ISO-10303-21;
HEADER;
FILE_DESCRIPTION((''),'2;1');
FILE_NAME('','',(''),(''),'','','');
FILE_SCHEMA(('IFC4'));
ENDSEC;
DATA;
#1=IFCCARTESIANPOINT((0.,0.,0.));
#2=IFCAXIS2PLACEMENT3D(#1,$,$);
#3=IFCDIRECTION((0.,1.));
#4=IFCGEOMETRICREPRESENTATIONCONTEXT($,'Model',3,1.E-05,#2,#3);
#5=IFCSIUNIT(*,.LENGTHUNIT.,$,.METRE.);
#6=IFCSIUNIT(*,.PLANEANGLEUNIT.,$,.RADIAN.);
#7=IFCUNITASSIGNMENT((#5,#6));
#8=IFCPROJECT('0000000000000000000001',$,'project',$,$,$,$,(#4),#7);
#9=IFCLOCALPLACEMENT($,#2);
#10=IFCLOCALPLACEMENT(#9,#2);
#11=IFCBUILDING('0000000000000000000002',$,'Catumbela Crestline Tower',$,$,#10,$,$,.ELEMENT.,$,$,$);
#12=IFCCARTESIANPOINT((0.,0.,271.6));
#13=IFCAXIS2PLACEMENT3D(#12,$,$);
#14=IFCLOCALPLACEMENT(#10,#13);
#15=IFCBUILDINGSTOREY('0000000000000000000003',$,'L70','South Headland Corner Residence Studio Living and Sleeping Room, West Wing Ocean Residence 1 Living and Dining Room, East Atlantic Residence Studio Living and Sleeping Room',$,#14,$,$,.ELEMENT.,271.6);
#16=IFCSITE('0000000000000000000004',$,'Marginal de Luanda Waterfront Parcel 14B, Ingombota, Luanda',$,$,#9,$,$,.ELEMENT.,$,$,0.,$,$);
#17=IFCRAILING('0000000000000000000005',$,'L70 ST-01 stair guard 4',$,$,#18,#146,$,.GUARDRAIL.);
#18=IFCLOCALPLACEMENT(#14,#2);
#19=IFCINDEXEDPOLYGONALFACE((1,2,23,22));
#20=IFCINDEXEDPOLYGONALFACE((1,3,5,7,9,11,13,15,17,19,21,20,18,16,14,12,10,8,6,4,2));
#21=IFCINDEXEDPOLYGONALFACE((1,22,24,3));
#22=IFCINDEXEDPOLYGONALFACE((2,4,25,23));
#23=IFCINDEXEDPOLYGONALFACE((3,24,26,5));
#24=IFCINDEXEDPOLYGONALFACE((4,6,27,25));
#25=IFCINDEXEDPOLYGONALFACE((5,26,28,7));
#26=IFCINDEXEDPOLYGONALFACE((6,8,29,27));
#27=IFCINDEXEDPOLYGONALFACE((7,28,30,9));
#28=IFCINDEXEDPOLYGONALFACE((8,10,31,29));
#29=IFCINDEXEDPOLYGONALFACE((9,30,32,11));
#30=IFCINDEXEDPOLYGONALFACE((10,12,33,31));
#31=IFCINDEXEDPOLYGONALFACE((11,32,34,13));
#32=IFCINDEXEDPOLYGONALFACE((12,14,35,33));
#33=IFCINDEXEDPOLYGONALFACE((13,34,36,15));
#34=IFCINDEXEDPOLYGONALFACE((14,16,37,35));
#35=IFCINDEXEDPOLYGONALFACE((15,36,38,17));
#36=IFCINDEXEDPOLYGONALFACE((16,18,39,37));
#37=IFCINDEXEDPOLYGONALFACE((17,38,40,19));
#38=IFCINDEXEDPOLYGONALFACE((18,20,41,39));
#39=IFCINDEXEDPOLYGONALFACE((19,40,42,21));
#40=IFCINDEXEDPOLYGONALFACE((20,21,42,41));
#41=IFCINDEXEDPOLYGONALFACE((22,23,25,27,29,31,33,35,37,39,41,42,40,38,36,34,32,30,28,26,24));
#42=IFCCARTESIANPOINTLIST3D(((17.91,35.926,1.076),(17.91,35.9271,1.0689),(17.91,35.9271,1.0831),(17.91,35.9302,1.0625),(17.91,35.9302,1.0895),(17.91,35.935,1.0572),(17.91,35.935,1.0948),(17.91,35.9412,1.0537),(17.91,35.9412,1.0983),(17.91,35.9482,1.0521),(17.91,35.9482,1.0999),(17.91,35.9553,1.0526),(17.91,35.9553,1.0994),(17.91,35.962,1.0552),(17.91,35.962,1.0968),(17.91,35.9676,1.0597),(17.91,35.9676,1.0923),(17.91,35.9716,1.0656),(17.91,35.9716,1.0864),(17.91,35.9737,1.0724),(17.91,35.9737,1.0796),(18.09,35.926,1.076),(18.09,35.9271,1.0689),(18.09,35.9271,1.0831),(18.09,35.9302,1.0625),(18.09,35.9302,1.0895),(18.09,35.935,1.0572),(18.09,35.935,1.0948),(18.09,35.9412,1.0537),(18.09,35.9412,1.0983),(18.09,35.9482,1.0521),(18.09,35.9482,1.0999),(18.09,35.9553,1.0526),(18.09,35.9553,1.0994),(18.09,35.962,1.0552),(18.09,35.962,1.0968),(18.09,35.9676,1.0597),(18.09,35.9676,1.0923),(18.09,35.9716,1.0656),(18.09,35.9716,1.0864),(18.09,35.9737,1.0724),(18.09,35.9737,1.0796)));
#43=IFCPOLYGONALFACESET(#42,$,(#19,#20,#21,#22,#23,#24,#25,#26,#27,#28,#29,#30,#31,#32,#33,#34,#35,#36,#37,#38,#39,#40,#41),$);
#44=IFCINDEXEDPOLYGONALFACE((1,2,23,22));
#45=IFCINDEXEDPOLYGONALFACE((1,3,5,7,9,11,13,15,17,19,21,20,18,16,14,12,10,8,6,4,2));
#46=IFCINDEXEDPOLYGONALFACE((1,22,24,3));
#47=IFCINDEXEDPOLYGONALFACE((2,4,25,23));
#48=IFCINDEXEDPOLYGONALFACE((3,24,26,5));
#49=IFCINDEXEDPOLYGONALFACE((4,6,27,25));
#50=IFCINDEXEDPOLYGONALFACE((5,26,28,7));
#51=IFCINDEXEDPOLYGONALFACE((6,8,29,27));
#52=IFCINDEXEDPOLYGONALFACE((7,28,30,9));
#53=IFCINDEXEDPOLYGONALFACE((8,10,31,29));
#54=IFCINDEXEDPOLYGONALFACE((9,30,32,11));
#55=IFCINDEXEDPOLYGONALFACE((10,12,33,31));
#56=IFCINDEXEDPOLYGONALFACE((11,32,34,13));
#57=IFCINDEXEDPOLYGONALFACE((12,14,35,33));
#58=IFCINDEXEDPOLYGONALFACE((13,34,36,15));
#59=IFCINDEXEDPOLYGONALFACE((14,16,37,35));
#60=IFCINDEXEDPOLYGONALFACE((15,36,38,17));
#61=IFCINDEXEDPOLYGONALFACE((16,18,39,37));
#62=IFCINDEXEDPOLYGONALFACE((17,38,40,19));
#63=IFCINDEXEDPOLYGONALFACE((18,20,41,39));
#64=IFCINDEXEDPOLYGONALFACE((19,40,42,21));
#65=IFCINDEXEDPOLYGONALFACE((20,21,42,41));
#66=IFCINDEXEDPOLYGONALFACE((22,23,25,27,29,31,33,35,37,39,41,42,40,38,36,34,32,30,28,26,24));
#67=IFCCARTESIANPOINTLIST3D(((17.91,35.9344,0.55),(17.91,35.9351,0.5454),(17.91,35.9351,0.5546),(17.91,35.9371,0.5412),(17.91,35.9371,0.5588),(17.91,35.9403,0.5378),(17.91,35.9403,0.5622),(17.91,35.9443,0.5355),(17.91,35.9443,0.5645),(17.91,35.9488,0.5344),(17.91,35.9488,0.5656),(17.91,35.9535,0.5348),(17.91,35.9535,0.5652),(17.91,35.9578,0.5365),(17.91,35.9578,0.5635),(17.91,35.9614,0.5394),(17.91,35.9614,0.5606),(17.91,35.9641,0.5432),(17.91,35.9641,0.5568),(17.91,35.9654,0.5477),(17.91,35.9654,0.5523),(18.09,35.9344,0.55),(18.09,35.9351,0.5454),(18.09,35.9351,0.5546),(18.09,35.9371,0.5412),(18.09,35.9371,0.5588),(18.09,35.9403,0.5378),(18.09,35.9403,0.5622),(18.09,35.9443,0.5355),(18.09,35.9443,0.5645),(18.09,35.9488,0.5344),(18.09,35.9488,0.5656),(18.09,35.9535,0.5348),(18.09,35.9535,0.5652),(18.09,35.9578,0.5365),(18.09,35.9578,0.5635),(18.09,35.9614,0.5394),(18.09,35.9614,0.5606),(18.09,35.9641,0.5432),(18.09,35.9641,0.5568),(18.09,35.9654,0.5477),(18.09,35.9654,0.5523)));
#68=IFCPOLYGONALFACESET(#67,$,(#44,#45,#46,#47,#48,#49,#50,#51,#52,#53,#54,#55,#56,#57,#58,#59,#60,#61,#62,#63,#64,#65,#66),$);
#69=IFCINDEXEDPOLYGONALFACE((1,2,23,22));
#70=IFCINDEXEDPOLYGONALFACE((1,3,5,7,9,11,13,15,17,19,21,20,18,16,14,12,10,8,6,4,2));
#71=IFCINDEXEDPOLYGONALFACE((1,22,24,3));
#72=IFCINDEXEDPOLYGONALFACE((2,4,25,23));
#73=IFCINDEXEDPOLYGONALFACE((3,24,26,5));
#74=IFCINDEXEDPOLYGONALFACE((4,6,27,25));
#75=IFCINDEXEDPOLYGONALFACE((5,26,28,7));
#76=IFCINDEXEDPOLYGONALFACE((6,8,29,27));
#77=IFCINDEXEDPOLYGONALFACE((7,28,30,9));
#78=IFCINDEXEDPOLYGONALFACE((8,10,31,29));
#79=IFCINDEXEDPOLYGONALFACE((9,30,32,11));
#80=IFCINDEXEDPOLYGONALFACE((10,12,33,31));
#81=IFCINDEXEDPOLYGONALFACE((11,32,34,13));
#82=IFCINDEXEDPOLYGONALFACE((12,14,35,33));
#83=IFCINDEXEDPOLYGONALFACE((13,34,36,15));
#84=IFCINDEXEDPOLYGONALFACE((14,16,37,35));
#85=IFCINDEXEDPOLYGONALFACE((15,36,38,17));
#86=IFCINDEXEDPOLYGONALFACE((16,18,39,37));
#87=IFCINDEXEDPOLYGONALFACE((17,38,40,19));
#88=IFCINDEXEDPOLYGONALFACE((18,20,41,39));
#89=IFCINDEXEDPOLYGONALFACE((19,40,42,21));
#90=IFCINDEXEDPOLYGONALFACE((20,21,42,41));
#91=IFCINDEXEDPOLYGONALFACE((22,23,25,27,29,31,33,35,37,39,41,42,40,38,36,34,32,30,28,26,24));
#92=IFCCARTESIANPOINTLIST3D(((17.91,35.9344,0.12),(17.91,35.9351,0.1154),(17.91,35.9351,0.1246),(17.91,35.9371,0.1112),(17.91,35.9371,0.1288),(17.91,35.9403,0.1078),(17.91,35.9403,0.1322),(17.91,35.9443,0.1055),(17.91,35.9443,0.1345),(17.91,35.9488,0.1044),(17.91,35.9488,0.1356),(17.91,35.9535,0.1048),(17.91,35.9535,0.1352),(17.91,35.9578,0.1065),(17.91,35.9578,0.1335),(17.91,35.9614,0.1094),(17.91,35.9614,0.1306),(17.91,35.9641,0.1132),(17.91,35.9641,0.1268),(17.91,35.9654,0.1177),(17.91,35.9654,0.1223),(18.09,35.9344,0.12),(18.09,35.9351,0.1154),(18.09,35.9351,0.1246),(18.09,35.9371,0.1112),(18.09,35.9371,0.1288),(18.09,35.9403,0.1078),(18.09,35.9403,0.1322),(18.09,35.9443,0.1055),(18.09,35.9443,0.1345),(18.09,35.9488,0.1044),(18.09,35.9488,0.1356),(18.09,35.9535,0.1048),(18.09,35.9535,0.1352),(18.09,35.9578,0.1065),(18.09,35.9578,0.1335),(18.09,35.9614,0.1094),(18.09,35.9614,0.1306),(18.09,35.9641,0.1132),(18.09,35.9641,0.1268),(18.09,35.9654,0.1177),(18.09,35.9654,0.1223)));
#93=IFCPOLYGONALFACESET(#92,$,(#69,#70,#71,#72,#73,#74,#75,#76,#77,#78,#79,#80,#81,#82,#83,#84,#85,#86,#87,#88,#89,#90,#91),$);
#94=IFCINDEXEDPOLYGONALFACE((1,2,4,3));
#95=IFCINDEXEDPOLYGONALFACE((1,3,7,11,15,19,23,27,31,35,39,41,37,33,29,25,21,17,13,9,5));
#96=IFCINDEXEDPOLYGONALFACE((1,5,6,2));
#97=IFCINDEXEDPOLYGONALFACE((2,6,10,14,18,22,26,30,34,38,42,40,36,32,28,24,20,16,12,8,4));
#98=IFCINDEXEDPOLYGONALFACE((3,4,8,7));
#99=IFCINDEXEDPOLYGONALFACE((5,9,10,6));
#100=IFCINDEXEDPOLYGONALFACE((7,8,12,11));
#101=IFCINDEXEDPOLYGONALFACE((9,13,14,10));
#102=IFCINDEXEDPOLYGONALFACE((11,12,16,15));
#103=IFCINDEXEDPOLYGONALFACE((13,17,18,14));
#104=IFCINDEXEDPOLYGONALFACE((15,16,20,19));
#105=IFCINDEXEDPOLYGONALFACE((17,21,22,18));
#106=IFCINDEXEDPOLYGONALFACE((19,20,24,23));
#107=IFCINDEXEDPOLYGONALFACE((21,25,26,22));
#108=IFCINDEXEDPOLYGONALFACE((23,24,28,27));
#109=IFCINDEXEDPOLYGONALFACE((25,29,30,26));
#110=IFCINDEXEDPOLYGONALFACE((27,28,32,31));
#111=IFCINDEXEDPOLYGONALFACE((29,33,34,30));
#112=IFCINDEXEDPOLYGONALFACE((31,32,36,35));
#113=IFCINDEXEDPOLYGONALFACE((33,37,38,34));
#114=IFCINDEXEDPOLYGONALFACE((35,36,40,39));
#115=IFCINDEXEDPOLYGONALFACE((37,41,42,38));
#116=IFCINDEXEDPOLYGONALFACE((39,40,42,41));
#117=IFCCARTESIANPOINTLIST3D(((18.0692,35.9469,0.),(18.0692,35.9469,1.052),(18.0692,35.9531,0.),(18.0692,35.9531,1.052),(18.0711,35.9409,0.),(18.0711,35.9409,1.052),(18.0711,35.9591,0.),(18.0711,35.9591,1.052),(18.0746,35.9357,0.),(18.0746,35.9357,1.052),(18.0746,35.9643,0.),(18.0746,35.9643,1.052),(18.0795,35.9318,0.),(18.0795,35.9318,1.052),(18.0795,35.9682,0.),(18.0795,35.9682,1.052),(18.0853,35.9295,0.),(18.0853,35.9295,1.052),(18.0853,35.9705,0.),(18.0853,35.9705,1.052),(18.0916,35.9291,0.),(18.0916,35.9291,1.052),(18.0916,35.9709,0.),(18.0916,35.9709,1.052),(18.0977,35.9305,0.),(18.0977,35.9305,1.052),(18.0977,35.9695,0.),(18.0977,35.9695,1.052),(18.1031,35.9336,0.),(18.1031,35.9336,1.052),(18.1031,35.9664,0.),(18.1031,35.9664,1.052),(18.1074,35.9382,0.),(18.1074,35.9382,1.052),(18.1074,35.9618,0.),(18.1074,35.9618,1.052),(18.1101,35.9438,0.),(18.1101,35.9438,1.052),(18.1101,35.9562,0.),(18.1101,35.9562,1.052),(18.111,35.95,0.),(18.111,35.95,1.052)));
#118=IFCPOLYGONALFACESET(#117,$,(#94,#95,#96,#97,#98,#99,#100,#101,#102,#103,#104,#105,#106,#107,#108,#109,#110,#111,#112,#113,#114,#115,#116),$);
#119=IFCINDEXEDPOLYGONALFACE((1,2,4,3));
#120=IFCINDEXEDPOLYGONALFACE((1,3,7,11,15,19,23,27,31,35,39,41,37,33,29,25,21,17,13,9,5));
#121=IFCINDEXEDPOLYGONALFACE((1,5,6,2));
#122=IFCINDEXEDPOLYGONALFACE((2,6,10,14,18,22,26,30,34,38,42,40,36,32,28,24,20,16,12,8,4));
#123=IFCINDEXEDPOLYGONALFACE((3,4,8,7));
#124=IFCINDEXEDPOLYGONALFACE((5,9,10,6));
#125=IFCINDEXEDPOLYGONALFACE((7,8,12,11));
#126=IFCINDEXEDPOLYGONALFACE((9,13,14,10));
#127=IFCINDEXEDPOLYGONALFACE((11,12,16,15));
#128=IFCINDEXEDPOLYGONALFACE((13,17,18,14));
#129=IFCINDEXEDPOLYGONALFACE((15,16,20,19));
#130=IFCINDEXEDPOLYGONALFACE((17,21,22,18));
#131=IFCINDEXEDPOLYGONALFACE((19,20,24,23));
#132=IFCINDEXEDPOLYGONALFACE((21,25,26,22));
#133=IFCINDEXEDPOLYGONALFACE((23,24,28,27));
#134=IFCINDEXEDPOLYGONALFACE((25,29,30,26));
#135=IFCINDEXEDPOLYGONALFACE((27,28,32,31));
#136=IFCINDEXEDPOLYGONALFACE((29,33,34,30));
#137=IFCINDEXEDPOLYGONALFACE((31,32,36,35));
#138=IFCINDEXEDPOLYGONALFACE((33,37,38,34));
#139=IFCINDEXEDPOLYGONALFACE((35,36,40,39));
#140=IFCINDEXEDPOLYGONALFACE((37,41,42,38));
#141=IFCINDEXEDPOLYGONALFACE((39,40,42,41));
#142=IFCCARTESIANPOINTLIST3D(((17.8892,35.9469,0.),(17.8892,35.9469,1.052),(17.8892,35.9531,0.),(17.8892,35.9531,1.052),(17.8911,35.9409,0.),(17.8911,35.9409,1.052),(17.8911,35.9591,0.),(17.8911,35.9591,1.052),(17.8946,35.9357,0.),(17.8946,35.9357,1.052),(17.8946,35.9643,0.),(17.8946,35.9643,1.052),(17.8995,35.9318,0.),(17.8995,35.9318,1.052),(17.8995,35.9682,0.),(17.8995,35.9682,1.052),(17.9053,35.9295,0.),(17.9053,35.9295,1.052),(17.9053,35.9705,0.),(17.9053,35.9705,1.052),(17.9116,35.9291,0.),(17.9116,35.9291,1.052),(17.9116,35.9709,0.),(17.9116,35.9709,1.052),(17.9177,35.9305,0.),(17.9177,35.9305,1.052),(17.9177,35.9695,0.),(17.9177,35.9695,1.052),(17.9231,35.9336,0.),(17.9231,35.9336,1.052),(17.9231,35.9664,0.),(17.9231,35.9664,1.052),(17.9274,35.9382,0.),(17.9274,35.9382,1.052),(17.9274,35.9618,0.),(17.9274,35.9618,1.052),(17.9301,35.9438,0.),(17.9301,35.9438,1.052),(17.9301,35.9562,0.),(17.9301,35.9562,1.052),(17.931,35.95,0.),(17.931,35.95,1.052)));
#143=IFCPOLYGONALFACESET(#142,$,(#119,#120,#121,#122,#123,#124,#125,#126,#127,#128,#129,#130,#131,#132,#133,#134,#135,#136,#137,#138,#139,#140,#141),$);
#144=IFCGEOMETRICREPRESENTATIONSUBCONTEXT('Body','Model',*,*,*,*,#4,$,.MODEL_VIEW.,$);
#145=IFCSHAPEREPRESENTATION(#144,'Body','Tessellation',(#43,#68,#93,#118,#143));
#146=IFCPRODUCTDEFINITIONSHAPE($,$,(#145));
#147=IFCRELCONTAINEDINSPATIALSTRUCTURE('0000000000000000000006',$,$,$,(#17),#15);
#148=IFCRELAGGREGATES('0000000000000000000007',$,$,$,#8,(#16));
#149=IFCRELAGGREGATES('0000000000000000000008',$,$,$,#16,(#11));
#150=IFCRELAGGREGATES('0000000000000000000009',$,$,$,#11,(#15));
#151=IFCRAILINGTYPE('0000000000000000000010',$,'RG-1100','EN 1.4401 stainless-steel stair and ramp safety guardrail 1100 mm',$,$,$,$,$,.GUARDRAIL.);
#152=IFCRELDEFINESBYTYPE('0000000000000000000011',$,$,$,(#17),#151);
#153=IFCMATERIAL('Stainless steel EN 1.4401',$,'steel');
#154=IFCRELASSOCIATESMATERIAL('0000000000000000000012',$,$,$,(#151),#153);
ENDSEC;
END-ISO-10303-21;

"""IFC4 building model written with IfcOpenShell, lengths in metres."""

from ifc_helpers import new_model, si_unit, direction, frame, origin, origin_2d, place, context, subcontext, project, spatial, circle, extrude, material, type_object, element, save


model = new_model("IFC4")

# Units and contexts
model_context = context("Model", 3, precision=1e-05, world=origin(), true_north=direction((0.0, 1.0)))
body_context = subcontext(model_context, "Body", "Model", "MODEL_VIEW")
ifc_project = project(units=[si_unit("LENGTHUNIT", "METRE"), si_unit("PLANEANGLEUNIT", "RADIAN")], contexts=[model_context])

# Site, building, storey
site_placement = place(None, origin())
site = spatial("IfcSite", under=ifc_project, at=site_placement, Name="Marginal de Luanda Waterfront Parcel 14B, Ingombota, Luanda", CompositionType="ELEMENT", RefElevation=0.0)
building_placement = place(site_placement, origin())
building = spatial("IfcBuilding", under=site, at=building_placement, Name="Catumbela Crestline Tower", CompositionType="ELEMENT")
storey_placement = place(building_placement, frame((0.0, 0.0, 271.6)))
storey = spatial("IfcBuildingStorey", under=building, at=storey_placement, Name="L70", Description="South Headland Corner Residence Studio Living and Sleeping Room, West Wing Ocean Residence 1 Living and Dining Room, East Atlantic Residence Studio Living and Sleeping Room", CompositionType="ELEMENT", Elevation=271.6)

# Shared definitions
ifc_material_1 = material(Name="Stainless steel EN 1.4401", Category="steel")

# Railing
railing_type_1 = type_object("IfcRailingType", Name="RG-1100", Description="EN 1.4401 stainless-steel stair and ramp safety guardrail 1100 mm", PredefinedType="GUARDRAIL", material=ifc_material_1)
railing_1_placement = place(storey_placement, frame((18.09, 35.95, 0.0)))
element("IfcRailing", 1, at=railing_1_placement, inside=storey, type_object=railing_type_1, Name="L70 ST-01 stair guard 4", PredefinedType="GUARDRAIL", context=body_context, shape_type="SweptSolid", body=[
    extrude(circle(Radius=0.024, at=origin_2d()), frame((0.0, 0.0, 1.076), z_axis=(-1.0, 0.0, 0.0), x_axis=(0.0, -1.0, 0.0)), (0.0, 0.0, 1.0), 0.18),
    extrude(circle(Radius=0.0156, at=origin_2d()), frame((0.0, 0.0, 0.55), z_axis=(-1.0, 0.0, 0.0), x_axis=(0.0, -1.0, 0.0)), (0.0, 0.0, 1.0), 0.18),
    extrude(circle(Radius=0.0156, at=origin_2d()), frame((0.0, 0.0, 0.12), z_axis=(-1.0, 0.0, 0.0), x_axis=(0.0, -1.0, 0.0)), (0.0, 0.0, 1.0), 0.18),
    extrude(circle(Radius=0.021, at=origin_2d()), origin(), (0.0, 0.0, 1.0), 1.052),
    extrude(circle(Radius=0.021, at=origin_2d()), frame((-0.18, 0.0, 0.0)), (0.0, 0.0, 1.0), 1.052),
])

save(model, "model.ifc")
